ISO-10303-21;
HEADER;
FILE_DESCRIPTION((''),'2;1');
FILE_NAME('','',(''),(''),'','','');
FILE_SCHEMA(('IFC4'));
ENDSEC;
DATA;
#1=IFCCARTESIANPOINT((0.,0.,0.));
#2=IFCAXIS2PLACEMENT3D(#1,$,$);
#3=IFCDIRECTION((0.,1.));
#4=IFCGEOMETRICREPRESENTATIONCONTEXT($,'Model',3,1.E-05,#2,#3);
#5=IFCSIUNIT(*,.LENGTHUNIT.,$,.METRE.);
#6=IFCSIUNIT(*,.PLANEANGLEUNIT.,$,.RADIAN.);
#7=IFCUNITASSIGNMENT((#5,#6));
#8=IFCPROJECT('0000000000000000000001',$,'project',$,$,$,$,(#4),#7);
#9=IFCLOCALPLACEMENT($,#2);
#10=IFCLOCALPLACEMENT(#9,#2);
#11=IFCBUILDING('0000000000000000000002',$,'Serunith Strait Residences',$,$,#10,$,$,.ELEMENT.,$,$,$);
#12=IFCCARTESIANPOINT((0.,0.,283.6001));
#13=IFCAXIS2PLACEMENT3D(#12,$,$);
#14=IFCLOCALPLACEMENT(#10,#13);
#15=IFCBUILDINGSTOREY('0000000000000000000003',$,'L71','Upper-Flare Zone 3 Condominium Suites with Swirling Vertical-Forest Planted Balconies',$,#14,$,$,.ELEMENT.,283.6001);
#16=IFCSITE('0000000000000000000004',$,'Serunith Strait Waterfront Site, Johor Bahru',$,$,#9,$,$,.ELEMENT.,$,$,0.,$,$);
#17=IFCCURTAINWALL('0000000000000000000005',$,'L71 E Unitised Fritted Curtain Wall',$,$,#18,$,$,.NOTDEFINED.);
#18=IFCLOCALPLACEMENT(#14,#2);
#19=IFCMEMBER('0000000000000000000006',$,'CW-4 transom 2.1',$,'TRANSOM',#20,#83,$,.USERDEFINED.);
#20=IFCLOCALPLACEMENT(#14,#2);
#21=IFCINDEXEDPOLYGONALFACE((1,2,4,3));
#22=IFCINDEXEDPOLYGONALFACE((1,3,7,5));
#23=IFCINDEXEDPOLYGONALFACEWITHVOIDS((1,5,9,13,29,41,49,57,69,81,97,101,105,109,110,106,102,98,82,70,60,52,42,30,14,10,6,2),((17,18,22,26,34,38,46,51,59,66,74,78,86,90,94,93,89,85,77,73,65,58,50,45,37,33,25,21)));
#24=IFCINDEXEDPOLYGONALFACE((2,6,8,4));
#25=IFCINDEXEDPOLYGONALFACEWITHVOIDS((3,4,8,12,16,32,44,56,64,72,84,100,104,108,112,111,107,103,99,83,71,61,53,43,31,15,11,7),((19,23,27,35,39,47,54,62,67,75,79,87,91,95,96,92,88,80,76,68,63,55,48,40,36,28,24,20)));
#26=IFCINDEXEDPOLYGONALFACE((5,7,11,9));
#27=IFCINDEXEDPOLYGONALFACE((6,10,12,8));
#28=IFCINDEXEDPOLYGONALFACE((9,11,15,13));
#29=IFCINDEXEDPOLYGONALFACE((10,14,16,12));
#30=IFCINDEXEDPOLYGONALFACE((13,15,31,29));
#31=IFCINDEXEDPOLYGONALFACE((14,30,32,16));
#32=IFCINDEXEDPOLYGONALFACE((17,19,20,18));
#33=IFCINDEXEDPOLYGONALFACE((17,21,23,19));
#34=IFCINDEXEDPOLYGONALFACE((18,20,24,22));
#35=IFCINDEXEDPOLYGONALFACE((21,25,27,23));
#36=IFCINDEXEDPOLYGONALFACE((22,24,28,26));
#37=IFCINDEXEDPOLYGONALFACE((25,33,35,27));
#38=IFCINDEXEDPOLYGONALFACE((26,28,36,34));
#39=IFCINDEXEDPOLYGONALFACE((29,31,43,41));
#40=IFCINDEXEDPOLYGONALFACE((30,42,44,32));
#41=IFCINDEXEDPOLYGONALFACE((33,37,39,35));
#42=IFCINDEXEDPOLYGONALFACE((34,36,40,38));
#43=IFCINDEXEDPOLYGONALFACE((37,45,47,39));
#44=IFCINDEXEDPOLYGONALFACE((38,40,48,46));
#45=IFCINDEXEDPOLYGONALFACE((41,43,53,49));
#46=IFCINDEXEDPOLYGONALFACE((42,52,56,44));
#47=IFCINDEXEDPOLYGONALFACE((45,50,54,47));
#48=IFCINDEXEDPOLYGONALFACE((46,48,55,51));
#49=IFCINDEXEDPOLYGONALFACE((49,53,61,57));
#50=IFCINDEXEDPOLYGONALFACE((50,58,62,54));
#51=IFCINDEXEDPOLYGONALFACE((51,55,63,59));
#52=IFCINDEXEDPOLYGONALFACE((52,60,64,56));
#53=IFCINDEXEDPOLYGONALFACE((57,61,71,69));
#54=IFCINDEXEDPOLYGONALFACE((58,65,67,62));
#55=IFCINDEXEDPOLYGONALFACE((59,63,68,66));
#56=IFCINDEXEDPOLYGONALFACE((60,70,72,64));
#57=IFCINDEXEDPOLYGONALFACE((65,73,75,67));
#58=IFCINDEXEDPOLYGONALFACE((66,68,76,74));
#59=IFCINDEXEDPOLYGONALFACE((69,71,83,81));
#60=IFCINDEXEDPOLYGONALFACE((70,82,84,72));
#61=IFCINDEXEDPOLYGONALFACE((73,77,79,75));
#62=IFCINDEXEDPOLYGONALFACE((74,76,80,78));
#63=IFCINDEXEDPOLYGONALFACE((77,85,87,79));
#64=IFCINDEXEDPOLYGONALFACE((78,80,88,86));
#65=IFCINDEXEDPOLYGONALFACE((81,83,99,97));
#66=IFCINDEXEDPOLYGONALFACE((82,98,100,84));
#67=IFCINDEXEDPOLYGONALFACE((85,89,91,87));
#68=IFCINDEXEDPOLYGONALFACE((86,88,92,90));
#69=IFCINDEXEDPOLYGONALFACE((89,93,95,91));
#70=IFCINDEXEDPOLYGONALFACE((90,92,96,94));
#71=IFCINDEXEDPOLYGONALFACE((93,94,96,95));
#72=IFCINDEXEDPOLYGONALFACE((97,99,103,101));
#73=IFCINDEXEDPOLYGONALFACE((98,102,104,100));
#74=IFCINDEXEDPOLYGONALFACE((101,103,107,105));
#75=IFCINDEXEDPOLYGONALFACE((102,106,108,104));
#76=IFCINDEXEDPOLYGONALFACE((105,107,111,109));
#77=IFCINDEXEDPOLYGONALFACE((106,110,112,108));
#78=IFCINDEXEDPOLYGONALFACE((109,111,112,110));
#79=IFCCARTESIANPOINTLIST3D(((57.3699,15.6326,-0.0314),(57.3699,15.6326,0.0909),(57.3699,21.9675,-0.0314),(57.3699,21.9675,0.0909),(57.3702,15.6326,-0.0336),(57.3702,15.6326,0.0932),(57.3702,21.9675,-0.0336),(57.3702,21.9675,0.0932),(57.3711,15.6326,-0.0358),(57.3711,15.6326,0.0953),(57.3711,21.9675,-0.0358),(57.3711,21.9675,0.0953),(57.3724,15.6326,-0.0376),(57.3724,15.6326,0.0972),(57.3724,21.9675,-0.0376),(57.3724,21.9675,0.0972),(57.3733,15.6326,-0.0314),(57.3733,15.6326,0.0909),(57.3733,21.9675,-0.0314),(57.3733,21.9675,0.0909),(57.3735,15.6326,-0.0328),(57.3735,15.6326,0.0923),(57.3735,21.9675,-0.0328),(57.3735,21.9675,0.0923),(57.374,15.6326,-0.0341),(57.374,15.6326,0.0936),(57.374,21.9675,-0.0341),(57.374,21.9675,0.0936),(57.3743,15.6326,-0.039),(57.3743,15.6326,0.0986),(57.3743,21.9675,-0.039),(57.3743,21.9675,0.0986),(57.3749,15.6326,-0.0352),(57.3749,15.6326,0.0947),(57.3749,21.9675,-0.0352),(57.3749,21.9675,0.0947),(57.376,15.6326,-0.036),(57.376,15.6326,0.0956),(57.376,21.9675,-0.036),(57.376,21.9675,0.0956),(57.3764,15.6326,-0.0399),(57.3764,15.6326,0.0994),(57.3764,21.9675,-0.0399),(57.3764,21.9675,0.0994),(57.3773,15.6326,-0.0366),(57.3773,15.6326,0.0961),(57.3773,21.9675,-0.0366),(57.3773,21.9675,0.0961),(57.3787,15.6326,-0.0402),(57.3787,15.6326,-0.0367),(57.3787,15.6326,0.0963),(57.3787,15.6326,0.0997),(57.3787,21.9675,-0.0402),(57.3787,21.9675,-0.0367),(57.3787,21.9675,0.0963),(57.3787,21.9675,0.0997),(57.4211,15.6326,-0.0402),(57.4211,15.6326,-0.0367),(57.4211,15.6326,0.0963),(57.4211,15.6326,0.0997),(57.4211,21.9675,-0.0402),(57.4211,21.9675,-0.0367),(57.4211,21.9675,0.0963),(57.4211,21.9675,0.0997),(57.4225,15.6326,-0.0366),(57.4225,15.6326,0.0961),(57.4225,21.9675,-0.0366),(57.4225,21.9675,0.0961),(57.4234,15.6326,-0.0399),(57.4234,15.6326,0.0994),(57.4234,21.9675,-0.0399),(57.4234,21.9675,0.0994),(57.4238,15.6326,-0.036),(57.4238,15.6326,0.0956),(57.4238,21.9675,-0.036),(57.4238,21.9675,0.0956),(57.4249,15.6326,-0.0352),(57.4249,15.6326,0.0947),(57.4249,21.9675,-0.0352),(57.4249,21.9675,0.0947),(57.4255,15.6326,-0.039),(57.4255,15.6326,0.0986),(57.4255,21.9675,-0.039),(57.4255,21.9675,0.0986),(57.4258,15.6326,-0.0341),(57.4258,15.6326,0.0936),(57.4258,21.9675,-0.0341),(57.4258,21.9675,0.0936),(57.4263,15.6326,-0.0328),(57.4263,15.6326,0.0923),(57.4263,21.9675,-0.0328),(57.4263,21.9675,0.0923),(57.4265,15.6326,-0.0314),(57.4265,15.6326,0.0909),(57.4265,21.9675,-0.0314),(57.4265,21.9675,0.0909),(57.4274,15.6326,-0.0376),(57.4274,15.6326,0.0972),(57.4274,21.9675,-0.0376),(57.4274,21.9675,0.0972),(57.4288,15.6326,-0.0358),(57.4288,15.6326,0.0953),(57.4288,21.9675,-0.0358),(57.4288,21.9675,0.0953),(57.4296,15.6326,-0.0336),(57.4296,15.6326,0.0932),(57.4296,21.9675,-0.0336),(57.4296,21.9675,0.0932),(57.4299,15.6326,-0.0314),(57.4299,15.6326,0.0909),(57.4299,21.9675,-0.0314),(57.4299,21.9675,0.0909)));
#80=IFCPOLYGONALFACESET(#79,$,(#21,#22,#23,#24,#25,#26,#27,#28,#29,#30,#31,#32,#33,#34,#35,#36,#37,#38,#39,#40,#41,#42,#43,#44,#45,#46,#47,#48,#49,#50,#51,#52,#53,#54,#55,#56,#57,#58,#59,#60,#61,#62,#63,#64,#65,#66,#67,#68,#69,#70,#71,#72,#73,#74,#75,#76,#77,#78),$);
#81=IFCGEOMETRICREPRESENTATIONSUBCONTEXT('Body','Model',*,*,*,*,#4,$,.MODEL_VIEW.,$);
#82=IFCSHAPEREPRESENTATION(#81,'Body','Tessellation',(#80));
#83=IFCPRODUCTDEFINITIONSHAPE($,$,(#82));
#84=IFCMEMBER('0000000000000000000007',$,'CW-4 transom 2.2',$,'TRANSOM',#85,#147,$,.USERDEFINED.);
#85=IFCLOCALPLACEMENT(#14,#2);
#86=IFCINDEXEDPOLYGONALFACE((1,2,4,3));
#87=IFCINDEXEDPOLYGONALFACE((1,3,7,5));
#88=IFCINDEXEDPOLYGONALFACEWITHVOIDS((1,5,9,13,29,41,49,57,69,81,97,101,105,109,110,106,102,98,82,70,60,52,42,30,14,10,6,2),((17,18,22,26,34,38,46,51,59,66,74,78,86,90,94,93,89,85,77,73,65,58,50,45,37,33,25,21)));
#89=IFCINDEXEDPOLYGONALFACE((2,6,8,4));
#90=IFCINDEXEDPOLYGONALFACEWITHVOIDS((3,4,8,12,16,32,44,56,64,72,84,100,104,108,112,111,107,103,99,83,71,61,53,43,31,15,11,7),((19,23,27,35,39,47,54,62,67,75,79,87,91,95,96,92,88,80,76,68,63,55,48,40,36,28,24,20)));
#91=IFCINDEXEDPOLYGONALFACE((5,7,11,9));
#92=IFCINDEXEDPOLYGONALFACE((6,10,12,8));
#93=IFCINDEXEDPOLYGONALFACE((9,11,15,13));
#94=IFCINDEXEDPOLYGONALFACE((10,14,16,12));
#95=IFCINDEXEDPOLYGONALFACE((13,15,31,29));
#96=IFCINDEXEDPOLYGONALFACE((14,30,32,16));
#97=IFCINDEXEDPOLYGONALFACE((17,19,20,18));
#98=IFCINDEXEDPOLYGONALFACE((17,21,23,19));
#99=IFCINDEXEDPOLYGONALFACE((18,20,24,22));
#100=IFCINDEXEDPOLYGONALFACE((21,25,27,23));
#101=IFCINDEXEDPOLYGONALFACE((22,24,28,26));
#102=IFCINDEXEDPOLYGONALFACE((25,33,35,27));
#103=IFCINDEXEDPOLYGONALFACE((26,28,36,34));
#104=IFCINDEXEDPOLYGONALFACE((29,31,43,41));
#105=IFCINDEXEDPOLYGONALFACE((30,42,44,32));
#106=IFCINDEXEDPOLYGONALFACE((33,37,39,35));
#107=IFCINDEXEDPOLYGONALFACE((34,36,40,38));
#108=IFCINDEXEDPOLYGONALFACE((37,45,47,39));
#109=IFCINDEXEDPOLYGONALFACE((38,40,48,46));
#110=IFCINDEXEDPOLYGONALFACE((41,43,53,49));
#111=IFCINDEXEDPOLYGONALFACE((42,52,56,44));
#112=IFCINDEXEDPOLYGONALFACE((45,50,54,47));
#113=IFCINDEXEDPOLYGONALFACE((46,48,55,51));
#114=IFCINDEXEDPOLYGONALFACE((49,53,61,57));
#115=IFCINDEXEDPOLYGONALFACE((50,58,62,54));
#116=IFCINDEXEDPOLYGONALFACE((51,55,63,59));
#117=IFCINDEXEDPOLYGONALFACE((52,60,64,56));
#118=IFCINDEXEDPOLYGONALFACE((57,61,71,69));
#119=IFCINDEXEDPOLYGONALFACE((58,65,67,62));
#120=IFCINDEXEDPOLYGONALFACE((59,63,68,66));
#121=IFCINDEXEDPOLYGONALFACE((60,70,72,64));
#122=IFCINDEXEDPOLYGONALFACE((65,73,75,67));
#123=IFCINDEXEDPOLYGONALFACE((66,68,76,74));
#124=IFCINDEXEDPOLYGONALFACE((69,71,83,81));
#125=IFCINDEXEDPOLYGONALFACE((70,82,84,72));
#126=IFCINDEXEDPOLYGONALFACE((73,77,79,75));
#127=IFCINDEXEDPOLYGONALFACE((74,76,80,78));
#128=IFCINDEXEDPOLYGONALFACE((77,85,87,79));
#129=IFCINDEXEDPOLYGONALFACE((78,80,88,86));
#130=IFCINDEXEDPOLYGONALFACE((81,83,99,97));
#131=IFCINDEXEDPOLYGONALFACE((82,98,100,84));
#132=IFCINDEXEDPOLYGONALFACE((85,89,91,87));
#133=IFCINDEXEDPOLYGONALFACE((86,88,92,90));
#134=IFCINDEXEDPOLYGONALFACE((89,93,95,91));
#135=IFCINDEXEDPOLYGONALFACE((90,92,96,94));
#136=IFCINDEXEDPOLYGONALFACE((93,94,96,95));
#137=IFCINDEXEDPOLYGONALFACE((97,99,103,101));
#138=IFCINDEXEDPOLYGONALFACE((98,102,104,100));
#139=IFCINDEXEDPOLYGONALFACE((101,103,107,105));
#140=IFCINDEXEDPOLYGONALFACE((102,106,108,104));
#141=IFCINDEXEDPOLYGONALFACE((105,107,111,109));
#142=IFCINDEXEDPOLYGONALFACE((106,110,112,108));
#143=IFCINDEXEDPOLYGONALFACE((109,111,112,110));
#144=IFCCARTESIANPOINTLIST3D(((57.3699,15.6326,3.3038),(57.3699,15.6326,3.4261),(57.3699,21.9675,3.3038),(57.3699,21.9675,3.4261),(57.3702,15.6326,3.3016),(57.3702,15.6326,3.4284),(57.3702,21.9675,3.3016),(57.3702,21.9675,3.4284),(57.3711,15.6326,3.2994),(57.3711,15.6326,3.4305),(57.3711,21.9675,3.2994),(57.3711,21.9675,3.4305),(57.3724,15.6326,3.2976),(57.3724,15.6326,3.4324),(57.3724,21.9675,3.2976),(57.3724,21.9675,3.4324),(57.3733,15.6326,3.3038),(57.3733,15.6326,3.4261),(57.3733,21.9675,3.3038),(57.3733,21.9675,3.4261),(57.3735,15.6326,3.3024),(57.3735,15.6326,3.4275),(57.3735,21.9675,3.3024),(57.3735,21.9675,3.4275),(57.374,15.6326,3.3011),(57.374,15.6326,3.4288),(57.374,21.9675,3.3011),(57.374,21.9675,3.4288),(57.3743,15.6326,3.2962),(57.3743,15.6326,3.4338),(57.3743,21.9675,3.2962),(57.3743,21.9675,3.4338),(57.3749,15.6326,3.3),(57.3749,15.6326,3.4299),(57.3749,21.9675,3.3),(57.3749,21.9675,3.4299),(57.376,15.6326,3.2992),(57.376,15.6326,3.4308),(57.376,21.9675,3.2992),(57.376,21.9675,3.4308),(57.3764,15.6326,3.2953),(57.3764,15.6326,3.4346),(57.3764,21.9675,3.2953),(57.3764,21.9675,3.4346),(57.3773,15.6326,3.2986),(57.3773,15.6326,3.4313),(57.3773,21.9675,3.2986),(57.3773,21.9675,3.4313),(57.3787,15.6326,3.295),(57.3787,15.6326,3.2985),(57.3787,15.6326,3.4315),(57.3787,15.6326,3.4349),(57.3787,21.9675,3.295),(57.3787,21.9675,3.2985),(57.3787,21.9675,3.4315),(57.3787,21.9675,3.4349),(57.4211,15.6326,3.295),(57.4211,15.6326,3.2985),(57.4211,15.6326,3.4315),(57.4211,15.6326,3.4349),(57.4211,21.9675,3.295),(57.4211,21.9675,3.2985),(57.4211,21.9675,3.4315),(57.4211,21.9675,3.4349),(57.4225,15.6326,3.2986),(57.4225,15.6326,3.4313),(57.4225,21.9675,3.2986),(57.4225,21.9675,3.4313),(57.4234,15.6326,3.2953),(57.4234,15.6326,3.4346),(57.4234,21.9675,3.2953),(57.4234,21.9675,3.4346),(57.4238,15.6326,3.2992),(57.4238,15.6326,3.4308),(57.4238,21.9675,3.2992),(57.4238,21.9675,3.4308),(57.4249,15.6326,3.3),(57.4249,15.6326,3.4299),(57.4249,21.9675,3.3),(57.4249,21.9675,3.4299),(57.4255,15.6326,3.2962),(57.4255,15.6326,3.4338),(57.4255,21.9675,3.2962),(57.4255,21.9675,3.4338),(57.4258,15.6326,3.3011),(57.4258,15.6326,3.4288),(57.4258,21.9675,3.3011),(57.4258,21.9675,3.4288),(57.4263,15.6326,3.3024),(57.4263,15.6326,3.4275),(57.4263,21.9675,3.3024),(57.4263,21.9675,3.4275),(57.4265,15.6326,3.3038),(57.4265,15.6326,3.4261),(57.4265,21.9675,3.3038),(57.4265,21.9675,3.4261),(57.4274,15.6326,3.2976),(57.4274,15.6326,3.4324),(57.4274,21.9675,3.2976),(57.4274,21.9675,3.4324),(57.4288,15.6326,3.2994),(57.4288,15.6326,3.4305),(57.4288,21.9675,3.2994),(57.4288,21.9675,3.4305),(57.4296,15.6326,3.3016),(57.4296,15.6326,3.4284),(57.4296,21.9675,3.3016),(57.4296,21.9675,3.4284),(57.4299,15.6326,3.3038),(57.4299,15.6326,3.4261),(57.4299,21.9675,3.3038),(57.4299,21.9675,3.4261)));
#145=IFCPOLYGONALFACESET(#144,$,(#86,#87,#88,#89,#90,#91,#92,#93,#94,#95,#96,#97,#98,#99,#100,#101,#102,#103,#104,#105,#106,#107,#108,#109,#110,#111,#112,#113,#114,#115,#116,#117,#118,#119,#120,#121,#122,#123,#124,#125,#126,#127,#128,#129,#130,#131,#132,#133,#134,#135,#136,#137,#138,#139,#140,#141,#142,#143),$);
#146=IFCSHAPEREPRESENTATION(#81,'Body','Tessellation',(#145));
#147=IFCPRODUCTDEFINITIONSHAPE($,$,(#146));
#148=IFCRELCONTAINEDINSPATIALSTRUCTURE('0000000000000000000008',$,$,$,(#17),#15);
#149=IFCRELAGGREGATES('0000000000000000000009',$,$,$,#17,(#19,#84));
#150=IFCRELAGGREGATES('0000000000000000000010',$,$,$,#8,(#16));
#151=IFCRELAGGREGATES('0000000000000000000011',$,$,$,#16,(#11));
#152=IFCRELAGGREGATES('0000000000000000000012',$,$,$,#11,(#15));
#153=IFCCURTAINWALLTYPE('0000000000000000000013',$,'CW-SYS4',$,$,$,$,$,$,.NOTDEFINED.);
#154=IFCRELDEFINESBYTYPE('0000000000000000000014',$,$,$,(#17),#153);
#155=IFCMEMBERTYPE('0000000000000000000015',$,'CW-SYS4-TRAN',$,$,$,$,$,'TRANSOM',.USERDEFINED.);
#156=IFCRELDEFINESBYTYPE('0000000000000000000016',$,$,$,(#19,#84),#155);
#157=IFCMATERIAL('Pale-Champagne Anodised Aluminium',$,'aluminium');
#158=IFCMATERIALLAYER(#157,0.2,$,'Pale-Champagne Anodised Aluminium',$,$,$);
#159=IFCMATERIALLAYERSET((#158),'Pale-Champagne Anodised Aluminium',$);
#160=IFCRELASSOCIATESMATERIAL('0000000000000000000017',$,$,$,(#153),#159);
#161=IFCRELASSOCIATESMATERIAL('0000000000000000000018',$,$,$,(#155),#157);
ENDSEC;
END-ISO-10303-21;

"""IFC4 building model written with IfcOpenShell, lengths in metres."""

from ifc_helpers import new_model, si_unit, direction, frame, origin, origin_2d, place, context, subcontext, project, spatial, hollow_rectangle, extrude, source, transform, mapped, material, layer, layer_set, material_profile, profile_set, type_object, element, aggregate, save


model = new_model("IFC4")

# Units and contexts
model_context = context("Model", 3, precision=1e-05, world=origin(), true_north=direction((0.0, 1.0)))
body_context = subcontext(model_context, "Body", "Model", "MODEL_VIEW")
ifc_project = project(units=[si_unit("LENGTHUNIT", "METRE"), si_unit("PLANEANGLEUNIT", "RADIAN")], contexts=[model_context])

# Site, building, storey
site_placement = place(None, origin())
site = spatial("IfcSite", under=ifc_project, at=site_placement, Name="Serunith Strait Waterfront Site, Johor Bahru", CompositionType="ELEMENT", RefElevation=0.0)
building_placement = place(site_placement, origin())
building = spatial("IfcBuilding", under=site, at=building_placement, Name="Serunith Strait Residences", CompositionType="ELEMENT")
storey_placement = place(building_placement, frame((0.0, 0.0, 283.6001)))
storey = spatial("IfcBuildingStorey", under=building, at=storey_placement, Name="L71", Description="Upper-Flare Zone 3 Condominium Suites with Swirling Vertical-Forest Planted Balconies", CompositionType="ELEMENT", Elevation=283.6001)

# Curtain wall, members
ifc_material_1 = material(Name="Pale-Champagne Anodised Aluminium", Category="aluminium")
ifc_layer_1 = layer(ifc_material_1, 0.2, Name="Pale-Champagne Anodised Aluminium")
ifc_layer_set_1 = layer_set([ifc_layer_1], Name="Pale-Champagne Anodised Aluminium")
curtain_wall_type = type_object("IfcCurtainWallType", Name="CW-SYS4", PredefinedType="NOTDEFINED", material=ifc_layer_set_1)
curtain_wall_placement = place(storey_placement, origin())
curtain_wall = element("IfcCurtainWall", 1, at=curtain_wall_placement, inside=storey, type_object=curtain_wall_type, Name="L71 E Unitised Fritted Curtain Wall", PredefinedType="NOTDEFINED")
ifc_material_profile_1 = material_profile(ifc_material_1, hollow_rectangle(XDim=0.0601, YDim=0.1399, WallThickness=0.0034, InnerFilletRadius=0.0054, OuterFilletRadius=0.0088, at=origin_2d()), Name="ALU 140x60x3.5")
ifc_profile_set_1 = profile_set([ifc_material_profile_1], Name="Pale-Champagne Anodised Aluminium")
member_type_1 = type_object("IfcMemberType", Name="CW-SYS4-TRAN", ElementType="TRANSOM", PredefinedType="USERDEFINED", material=ifc_profile_set_1)
shared_shape_1 = source(origin(), body_context, "Body", "SweptSolid", [
    extrude(hollow_rectangle(XDim=0.0601, YDim=0.1399, WallThickness=0.0034, InnerFilletRadius=0.0054, OuterFilletRadius=0.0088, at=origin_2d()), origin(), (0.0, 0.0, 1.0), 6.335),
])
member_1_placement = place(storey_placement, frame((57.3999, 15.6326, 0.0298), z_axis=(0.0, 1.0, 0.0), x_axis=(-1.0, 0.0, 0.0)))
member_1 = element("IfcMember", 2, at=member_1_placement, type_object=member_type_1, Name="CW-4 transom 2.1", ObjectType="TRANSOM", PredefinedType="USERDEFINED", context=body_context, shape_type="MappedRepresentation", body=[
    mapped(shared_shape_1, transform((0.0, 0.0, 0.0), scale=1.0)),
])
member_2_placement = place(storey_placement, frame((57.3999, 15.6326, 3.365), z_axis=(0.0, 1.0, 0.0), x_axis=(-1.0, 0.0, 0.0)))
member_2 = element("IfcMember", 3, at=member_2_placement, type_object=member_type_1, Name="CW-4 transom 2.2", ObjectType="TRANSOM", PredefinedType="USERDEFINED", context=body_context, shape_type="MappedRepresentation", body=[
    mapped(shared_shape_1, transform((0.0, 0.0, 0.0), scale=1.0)),
])
aggregate(curtain_wall, [member_1, member_2])

save(model, "model.ifc")
